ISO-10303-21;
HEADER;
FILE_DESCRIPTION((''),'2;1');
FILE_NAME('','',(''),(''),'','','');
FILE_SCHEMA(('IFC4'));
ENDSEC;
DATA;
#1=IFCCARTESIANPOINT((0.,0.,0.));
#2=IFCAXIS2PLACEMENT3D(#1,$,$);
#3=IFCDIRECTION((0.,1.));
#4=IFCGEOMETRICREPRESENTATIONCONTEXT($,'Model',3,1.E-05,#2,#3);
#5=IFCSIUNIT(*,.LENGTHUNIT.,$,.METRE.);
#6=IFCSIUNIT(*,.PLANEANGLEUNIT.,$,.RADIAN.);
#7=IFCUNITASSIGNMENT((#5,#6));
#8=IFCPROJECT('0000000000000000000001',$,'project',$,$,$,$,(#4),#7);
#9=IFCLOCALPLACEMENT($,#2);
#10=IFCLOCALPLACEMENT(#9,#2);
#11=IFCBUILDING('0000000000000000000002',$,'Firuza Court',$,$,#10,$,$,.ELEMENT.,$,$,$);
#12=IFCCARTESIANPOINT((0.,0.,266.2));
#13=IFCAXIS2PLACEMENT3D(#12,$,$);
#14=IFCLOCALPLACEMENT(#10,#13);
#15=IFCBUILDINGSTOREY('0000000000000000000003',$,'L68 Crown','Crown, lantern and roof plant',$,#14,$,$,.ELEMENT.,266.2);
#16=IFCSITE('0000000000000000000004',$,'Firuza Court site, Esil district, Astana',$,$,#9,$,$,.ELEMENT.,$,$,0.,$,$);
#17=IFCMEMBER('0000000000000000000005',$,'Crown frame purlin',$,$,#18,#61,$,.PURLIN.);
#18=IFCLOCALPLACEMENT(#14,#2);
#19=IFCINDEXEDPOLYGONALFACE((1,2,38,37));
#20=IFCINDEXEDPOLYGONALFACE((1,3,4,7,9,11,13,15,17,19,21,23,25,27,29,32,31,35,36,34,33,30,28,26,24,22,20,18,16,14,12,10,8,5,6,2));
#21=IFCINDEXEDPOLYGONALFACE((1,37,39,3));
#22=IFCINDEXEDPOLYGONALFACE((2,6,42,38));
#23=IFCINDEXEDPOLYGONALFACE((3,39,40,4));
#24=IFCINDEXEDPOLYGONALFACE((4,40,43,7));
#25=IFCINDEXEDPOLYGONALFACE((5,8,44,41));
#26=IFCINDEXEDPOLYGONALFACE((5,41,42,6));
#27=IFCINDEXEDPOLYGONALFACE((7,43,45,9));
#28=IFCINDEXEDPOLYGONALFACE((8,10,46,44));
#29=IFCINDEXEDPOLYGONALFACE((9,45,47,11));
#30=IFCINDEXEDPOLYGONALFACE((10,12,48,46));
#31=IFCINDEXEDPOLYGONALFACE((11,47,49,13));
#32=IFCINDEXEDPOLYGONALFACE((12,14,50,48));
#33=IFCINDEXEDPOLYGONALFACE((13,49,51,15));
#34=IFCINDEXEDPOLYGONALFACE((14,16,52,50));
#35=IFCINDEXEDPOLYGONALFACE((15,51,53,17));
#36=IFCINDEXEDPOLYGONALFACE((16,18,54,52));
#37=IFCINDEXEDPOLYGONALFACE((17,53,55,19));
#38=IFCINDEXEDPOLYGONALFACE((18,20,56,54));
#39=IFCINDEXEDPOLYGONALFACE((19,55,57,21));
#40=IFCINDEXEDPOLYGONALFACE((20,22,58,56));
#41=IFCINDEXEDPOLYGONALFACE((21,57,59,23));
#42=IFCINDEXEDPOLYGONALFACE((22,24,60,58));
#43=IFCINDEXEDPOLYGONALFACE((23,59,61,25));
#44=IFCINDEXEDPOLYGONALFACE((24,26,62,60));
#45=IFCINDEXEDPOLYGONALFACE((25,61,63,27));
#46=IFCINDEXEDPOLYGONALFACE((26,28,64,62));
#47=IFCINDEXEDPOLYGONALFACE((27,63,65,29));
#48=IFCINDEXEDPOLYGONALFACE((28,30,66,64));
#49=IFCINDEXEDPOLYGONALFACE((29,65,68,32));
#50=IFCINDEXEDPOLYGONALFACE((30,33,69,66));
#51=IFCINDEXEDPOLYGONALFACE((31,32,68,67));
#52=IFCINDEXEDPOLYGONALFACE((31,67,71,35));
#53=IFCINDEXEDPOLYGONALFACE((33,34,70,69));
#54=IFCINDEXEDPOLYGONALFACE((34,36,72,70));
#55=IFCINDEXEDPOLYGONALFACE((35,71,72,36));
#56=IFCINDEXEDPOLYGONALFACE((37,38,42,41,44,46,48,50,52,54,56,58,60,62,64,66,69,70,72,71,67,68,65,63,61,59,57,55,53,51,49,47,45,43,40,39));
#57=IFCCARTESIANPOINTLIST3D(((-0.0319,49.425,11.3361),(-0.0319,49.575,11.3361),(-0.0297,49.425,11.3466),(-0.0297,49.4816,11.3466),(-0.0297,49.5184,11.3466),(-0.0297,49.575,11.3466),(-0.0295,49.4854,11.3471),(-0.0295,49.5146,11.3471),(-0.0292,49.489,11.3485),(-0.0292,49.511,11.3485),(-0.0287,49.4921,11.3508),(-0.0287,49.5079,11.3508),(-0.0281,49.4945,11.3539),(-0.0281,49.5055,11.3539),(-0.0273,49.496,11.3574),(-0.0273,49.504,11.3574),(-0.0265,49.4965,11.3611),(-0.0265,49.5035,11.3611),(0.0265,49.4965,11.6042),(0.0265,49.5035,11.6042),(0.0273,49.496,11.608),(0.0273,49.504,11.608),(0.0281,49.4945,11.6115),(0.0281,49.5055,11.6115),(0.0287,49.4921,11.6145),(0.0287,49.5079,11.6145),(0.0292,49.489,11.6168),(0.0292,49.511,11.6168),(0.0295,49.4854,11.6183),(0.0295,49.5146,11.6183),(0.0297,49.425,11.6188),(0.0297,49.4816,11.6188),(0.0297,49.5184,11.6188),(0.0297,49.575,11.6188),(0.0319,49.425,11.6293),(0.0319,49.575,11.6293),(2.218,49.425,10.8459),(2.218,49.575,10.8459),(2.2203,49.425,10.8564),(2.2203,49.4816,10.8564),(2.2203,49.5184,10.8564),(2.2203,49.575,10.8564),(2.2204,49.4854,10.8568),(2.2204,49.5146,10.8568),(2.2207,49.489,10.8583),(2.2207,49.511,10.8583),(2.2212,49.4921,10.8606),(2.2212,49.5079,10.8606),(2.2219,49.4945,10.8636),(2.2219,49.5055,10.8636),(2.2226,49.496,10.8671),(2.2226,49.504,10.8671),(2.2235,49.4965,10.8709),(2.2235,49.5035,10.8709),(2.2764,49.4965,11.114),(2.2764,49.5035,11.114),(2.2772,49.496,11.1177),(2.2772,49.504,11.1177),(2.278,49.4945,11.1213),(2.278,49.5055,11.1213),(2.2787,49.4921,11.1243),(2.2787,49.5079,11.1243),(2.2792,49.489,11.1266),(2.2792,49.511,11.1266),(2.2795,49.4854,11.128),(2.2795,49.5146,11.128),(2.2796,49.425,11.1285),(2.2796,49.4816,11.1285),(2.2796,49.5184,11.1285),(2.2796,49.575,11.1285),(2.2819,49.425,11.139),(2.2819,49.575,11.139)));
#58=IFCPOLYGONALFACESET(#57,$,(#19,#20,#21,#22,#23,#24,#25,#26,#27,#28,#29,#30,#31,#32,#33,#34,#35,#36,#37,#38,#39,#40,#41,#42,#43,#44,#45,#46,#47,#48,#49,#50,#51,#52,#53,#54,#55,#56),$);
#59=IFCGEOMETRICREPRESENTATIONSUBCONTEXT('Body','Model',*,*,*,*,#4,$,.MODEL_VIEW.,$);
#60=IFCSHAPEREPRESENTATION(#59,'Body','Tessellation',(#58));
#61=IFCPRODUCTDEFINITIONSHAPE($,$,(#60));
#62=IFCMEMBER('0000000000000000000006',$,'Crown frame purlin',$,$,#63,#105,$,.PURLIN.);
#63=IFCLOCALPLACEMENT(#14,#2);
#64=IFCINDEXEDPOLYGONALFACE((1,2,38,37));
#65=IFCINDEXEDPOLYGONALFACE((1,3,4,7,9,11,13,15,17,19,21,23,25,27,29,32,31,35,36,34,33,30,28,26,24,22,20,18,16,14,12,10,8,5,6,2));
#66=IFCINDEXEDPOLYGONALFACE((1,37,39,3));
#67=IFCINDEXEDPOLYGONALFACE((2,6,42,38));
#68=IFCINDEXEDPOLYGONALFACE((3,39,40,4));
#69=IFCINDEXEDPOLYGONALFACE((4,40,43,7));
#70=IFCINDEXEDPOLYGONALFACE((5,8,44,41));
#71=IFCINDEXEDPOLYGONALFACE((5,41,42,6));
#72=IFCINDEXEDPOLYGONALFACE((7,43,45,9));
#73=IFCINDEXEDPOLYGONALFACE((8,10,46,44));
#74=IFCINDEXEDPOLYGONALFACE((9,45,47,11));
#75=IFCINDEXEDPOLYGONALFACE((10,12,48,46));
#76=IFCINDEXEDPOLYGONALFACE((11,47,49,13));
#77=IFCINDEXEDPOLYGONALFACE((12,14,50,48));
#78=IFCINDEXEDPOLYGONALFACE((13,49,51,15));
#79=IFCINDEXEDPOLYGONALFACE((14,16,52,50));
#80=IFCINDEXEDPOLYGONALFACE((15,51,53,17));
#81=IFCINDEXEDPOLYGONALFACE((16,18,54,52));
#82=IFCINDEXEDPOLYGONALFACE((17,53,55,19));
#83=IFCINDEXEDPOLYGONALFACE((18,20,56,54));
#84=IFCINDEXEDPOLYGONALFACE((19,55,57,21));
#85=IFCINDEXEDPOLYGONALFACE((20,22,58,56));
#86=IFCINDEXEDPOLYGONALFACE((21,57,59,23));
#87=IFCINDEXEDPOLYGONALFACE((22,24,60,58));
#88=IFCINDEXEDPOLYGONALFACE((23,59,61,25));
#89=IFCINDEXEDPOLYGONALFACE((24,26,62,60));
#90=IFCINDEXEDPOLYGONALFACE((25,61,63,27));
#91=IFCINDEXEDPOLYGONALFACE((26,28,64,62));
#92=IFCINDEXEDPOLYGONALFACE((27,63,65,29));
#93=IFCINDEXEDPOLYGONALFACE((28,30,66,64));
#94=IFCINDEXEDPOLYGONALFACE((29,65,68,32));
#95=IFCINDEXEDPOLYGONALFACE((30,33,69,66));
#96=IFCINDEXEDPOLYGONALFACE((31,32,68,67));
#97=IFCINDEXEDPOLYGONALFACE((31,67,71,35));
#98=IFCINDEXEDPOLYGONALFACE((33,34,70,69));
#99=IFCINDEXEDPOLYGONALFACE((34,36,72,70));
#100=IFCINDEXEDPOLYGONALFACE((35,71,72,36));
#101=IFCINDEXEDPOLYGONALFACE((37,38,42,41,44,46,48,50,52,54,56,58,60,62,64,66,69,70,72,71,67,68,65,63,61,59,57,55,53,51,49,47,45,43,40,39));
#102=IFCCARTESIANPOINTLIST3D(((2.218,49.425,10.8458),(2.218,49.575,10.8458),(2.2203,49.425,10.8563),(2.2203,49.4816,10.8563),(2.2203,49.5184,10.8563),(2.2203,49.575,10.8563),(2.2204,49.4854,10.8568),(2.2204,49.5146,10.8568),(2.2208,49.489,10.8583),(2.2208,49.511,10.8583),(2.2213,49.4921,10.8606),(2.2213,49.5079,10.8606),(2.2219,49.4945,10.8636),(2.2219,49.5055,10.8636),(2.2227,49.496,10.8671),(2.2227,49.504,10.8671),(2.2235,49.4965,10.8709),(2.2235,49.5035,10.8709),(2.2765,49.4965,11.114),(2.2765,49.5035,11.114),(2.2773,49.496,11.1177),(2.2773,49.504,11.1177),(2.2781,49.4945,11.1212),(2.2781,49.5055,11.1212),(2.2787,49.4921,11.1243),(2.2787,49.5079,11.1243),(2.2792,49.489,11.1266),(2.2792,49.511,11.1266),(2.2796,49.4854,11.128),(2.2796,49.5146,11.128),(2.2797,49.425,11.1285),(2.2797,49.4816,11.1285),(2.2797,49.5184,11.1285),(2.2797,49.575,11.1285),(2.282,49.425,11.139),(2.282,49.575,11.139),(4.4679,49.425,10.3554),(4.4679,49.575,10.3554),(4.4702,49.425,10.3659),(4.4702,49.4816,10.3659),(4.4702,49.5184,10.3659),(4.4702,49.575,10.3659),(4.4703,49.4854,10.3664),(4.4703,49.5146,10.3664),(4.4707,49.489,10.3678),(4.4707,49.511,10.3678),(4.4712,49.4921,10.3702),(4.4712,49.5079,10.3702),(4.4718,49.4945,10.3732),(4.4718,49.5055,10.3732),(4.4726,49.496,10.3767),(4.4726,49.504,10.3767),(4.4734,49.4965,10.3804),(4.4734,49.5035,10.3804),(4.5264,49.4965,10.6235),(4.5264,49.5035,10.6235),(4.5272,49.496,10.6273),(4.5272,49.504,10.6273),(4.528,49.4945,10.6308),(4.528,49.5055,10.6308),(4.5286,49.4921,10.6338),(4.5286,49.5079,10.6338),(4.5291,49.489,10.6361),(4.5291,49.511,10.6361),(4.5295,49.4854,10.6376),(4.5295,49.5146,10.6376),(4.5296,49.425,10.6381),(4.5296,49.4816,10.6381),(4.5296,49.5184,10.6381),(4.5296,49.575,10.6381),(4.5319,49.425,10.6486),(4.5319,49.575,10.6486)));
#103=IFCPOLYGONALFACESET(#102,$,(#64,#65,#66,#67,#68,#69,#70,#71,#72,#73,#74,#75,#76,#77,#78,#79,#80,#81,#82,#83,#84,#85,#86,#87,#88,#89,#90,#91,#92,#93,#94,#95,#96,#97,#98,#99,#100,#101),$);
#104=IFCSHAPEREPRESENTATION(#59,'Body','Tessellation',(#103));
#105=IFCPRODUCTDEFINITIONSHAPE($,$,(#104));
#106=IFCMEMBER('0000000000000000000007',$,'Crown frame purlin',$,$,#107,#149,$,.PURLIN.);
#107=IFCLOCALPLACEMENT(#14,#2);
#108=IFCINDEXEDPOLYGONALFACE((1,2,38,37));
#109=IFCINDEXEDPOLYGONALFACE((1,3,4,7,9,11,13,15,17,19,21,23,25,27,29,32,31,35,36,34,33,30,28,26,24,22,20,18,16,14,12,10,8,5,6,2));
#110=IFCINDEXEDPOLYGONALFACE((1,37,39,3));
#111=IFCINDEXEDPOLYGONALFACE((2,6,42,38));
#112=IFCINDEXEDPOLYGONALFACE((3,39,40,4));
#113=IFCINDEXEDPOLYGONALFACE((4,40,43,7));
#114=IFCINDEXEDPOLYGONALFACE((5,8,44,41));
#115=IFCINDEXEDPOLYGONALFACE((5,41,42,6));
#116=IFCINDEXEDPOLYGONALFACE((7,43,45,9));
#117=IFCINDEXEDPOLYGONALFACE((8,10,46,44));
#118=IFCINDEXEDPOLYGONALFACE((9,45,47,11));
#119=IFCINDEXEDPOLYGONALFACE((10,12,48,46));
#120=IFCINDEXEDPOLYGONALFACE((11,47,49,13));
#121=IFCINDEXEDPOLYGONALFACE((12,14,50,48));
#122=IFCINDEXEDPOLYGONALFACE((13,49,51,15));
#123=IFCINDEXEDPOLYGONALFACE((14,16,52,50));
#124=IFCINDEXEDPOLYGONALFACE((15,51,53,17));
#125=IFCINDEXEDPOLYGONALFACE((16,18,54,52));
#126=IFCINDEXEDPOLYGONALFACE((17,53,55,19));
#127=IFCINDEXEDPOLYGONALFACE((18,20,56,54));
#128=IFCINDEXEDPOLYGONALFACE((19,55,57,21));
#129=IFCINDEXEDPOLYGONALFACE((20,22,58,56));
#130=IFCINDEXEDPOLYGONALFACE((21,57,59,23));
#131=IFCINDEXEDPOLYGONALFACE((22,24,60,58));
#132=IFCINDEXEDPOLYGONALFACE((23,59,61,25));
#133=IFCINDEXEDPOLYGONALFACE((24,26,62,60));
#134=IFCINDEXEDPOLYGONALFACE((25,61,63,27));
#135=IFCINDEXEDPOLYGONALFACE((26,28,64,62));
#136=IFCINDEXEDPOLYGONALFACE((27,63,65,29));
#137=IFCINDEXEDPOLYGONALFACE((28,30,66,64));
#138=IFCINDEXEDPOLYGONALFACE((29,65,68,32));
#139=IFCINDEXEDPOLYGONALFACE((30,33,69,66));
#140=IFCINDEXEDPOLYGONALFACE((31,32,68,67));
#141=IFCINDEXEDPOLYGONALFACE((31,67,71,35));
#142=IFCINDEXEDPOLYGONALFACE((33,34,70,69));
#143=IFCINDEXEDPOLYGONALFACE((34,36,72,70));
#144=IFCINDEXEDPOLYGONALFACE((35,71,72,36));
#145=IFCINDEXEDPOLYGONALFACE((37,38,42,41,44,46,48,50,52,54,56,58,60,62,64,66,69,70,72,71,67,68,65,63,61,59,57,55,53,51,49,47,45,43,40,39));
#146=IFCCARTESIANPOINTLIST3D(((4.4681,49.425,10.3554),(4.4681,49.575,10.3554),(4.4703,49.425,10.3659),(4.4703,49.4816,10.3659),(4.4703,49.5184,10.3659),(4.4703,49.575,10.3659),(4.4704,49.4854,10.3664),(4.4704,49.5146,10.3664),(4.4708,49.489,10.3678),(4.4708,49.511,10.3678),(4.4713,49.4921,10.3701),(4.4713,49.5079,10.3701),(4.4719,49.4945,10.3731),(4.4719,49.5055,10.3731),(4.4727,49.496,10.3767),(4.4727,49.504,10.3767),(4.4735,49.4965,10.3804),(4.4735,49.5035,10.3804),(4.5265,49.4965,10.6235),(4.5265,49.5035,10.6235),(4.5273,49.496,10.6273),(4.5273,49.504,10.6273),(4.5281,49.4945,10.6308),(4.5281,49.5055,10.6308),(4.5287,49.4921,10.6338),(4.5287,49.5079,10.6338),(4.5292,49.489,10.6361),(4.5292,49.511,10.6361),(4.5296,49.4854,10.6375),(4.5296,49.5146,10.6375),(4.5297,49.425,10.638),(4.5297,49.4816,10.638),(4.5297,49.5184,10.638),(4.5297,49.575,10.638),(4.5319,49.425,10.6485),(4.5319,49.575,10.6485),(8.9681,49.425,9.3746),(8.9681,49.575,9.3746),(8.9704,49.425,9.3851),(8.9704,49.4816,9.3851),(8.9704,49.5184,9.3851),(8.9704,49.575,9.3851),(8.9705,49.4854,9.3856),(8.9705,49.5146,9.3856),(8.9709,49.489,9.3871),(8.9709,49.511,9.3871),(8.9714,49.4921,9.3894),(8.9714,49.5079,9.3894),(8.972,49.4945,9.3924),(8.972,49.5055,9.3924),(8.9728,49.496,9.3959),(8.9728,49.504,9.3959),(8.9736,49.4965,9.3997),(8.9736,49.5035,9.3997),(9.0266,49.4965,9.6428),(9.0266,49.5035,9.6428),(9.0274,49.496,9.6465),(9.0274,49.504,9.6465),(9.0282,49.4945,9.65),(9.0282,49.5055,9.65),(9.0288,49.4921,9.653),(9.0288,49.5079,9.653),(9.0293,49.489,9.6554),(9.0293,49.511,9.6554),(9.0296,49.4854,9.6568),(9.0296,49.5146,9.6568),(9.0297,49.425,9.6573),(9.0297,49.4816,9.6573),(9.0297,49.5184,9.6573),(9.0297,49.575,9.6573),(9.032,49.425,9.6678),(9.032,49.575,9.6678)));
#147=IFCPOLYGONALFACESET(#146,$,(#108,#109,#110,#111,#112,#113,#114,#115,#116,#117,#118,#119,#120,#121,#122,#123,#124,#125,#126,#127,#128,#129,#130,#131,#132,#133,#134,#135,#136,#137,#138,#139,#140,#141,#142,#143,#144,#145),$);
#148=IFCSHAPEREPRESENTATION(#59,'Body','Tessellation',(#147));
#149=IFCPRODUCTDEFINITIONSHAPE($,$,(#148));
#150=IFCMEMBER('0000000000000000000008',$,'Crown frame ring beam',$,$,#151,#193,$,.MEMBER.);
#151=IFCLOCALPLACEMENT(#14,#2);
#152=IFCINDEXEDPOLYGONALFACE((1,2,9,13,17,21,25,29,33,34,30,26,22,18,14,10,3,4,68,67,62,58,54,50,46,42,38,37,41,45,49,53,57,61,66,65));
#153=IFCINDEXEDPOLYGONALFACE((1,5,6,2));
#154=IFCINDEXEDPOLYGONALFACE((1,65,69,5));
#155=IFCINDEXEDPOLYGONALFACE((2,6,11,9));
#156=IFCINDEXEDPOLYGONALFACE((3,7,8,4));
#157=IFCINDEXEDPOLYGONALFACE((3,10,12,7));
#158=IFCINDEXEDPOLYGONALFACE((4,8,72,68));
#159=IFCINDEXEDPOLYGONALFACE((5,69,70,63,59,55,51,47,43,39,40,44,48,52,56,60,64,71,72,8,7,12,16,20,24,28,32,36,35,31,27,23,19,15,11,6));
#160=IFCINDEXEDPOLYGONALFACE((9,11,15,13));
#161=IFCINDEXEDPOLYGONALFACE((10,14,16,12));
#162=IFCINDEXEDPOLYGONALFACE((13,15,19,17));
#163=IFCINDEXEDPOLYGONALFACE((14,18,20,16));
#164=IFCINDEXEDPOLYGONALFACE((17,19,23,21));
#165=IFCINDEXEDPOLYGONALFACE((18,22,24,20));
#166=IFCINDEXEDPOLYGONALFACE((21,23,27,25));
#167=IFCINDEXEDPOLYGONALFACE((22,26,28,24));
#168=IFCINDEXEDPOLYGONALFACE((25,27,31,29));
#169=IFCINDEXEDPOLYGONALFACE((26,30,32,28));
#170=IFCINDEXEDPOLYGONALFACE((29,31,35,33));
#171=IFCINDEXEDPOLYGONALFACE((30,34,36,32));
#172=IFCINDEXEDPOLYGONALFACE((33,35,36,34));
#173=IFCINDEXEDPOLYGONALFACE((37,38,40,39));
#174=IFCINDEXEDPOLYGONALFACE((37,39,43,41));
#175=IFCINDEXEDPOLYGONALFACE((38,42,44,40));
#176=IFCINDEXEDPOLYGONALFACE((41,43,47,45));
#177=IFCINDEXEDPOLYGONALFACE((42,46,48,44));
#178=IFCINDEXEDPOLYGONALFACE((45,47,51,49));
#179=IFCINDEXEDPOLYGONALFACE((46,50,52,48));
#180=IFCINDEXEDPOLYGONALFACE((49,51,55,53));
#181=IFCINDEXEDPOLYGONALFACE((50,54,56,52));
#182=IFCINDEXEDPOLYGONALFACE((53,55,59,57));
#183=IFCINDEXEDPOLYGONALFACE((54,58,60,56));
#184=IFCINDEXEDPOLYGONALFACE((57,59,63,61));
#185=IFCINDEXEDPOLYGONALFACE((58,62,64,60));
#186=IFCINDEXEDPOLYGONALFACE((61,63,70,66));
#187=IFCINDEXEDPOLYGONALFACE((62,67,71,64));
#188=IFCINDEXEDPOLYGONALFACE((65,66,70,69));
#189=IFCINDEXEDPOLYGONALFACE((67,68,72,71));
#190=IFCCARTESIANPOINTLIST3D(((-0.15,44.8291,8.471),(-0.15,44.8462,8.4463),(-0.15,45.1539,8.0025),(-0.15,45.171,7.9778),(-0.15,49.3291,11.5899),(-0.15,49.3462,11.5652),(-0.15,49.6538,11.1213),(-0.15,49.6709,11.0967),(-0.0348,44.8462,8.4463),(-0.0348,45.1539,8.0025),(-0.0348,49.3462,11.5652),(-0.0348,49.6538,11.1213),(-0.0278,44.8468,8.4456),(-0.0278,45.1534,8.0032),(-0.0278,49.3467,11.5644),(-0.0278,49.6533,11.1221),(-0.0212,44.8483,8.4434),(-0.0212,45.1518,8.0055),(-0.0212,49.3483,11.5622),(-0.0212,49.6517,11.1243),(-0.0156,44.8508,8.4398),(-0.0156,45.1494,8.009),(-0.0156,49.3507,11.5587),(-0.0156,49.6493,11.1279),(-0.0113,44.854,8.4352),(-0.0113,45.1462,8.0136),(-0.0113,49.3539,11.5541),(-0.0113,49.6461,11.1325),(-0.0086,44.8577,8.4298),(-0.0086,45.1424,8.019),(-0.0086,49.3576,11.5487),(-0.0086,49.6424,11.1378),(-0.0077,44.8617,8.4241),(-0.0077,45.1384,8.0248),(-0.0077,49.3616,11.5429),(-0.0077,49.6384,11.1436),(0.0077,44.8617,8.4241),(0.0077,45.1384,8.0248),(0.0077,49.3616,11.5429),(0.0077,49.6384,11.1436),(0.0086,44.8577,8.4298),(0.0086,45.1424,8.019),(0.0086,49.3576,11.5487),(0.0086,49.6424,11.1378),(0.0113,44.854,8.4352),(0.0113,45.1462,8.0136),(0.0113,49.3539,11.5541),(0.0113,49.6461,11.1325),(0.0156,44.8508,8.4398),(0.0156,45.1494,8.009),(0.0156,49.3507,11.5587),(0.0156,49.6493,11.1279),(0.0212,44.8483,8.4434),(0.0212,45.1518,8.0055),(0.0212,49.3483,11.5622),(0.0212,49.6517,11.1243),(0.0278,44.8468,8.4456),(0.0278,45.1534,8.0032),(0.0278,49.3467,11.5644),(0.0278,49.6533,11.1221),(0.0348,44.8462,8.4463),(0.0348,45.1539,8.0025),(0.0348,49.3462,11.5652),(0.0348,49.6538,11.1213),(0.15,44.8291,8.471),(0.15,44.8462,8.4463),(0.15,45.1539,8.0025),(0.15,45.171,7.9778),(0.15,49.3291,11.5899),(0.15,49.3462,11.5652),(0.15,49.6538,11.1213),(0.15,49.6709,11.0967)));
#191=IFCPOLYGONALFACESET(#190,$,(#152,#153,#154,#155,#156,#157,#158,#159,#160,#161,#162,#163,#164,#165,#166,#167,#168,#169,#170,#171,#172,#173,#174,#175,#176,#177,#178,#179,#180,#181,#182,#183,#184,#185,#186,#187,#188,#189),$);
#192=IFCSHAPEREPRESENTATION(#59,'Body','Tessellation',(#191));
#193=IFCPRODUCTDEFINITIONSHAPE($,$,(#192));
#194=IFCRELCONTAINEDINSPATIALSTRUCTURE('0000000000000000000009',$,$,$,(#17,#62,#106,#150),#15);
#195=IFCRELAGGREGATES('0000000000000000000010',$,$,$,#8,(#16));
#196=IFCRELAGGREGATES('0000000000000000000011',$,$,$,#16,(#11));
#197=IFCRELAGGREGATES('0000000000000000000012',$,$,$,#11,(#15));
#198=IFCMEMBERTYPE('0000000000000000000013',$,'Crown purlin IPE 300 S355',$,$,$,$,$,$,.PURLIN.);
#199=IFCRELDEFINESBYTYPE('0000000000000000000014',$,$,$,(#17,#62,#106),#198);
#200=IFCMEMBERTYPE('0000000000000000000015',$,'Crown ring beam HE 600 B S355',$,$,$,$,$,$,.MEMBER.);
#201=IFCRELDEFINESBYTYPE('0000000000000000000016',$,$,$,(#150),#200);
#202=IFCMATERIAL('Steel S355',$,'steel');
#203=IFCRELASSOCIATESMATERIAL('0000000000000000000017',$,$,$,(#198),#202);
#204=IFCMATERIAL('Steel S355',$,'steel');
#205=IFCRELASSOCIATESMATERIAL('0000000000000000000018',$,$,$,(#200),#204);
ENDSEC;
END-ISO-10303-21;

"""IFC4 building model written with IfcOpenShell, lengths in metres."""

from ifc_helpers import new_model, si_unit, direction, frame, origin, origin_2d, place, context, subcontext, project, spatial, i_section, extrude, material, material_profile, profile_set, type_object, element, save


model = new_model("IFC4")

# Units and contexts
model_context = context("Model", 3, precision=1e-05, world=origin(), true_north=direction((0.0, 1.0)))
body_context = subcontext(model_context, "Body", "Model", "MODEL_VIEW")
ifc_project = project(units=[si_unit("LENGTHUNIT", "METRE"), si_unit("PLANEANGLEUNIT", "RADIAN")], contexts=[model_context])

# Site, building, storey
site_placement = place(None, origin())
site = spatial("IfcSite", under=ifc_project, at=site_placement, Name="Firuza Court site, Esil district, Astana", CompositionType="ELEMENT", RefElevation=0.0)
building_placement = place(site_placement, origin())
building = spatial("IfcBuilding", under=site, at=building_placement, Name="Firuza Court", CompositionType="ELEMENT")
storey_placement = place(building_placement, frame((0.0, 0.0, 266.2)))
storey = spatial("IfcBuildingStorey", under=building, at=storey_placement, Name="L68 Crown", Description="Crown, lantern and roof plant", CompositionType="ELEMENT", Elevation=266.2)

# Members
ifc_material_1 = material(Name="Steel S355", Category="steel")
ifc_material_profile_1 = material_profile(ifc_material_1, i_section(OverallWidth=0.1499, OverallDepth=0.3, WebThickness=0.0071, FlangeThickness=0.0107, FilletRadius=0.0149, at=origin_2d()), Name="IPE 300")
ifc_profile_set_1 = profile_set([ifc_material_profile_1], Name="Steel S355")
member_type_1 = type_object("IfcMemberType", Name="Crown purlin IPE 300 S355", PredefinedType="PURLIN", material=ifc_profile_set_1)
for number, where, z_axis, x_axis, name in (
    (1, (0.0, 49.5, 11.4827), (0.977077, 0.0, -0.212887), (0.0, 1.0, 0.0), "Crown frame purlin"),
    (2, (2.25, 49.5, 10.9924), (0.977055, 0.0, -0.212989), (0.0, 1.0, 0.0), "Crown frame purlin"),
):
    element("IfcMember", number, at=place(storey_placement, frame(where, z_axis=z_axis, x_axis=x_axis)), inside=storey, type_object=member_type_1, Name=name, PredefinedType="PURLIN", context=body_context, shape_type="SweptSolid", body=[
        extrude(i_section(OverallWidth=0.1499, OverallDepth=0.3, WebThickness=0.0071, FlangeThickness=0.0107, FilletRadius=0.0149, at=origin_2d()), origin(), (0.0, 0.0, 1.0), 2.3027),
    ])
member_1_placement = place(storey_placement, frame((4.5, 49.5, 10.502), z_axis=(0.977066, 0.0, -0.212938), x_axis=(0.0, 1.0, 0.0)))
element("IfcMember", 3, at=member_1_placement, inside=storey, type_object=member_type_1, Name="Crown frame purlin", PredefinedType="PURLIN", context=body_context, shape_type="SweptSolid", body=[
    extrude(i_section(OverallWidth=0.1499, OverallDepth=0.3, WebThickness=0.0071, FlangeThickness=0.0107, FilletRadius=0.0149, at=origin_2d()), origin(), (0.0, 0.0, 1.0), 4.6057),
])
ifc_material_2 = material(Name="Steel S355", Category="steel")
ifc_material_profile_2 = material_profile(ifc_material_2, i_section(OverallWidth=0.3, OverallDepth=0.6001, WebThickness=0.0154, FlangeThickness=0.03, FilletRadius=0.0271, at=origin_2d()), Name="HE 600 B")
ifc_profile_set_2 = profile_set([ifc_material_profile_2], Name="Steel S355")
member_type_2 = type_object("IfcMemberType", Name="Crown ring beam HE 600 B S355", PredefinedType="MEMBER", material=ifc_profile_set_2)
member_2_placement = place(storey_placement, frame((0.0, 49.5, 11.3433), z_axis=(0.0, -0.821892, -0.569643), x_axis=(1.0, 0.0, 0.0)))
element("IfcMember", 4, at=member_2_placement, inside=storey, type_object=member_type_2, Name="Crown frame ring beam", PredefinedType="MEMBER", context=body_context, shape_type="SweptSolid", body=[
    extrude(i_section(OverallWidth=0.3, OverallDepth=0.6001, WebThickness=0.0154, FlangeThickness=0.03, FilletRadius=0.0271, at=origin_2d()), origin(), (0.0, 0.0, 1.0), 5.4751),
])

save(model, "model.ifc")
